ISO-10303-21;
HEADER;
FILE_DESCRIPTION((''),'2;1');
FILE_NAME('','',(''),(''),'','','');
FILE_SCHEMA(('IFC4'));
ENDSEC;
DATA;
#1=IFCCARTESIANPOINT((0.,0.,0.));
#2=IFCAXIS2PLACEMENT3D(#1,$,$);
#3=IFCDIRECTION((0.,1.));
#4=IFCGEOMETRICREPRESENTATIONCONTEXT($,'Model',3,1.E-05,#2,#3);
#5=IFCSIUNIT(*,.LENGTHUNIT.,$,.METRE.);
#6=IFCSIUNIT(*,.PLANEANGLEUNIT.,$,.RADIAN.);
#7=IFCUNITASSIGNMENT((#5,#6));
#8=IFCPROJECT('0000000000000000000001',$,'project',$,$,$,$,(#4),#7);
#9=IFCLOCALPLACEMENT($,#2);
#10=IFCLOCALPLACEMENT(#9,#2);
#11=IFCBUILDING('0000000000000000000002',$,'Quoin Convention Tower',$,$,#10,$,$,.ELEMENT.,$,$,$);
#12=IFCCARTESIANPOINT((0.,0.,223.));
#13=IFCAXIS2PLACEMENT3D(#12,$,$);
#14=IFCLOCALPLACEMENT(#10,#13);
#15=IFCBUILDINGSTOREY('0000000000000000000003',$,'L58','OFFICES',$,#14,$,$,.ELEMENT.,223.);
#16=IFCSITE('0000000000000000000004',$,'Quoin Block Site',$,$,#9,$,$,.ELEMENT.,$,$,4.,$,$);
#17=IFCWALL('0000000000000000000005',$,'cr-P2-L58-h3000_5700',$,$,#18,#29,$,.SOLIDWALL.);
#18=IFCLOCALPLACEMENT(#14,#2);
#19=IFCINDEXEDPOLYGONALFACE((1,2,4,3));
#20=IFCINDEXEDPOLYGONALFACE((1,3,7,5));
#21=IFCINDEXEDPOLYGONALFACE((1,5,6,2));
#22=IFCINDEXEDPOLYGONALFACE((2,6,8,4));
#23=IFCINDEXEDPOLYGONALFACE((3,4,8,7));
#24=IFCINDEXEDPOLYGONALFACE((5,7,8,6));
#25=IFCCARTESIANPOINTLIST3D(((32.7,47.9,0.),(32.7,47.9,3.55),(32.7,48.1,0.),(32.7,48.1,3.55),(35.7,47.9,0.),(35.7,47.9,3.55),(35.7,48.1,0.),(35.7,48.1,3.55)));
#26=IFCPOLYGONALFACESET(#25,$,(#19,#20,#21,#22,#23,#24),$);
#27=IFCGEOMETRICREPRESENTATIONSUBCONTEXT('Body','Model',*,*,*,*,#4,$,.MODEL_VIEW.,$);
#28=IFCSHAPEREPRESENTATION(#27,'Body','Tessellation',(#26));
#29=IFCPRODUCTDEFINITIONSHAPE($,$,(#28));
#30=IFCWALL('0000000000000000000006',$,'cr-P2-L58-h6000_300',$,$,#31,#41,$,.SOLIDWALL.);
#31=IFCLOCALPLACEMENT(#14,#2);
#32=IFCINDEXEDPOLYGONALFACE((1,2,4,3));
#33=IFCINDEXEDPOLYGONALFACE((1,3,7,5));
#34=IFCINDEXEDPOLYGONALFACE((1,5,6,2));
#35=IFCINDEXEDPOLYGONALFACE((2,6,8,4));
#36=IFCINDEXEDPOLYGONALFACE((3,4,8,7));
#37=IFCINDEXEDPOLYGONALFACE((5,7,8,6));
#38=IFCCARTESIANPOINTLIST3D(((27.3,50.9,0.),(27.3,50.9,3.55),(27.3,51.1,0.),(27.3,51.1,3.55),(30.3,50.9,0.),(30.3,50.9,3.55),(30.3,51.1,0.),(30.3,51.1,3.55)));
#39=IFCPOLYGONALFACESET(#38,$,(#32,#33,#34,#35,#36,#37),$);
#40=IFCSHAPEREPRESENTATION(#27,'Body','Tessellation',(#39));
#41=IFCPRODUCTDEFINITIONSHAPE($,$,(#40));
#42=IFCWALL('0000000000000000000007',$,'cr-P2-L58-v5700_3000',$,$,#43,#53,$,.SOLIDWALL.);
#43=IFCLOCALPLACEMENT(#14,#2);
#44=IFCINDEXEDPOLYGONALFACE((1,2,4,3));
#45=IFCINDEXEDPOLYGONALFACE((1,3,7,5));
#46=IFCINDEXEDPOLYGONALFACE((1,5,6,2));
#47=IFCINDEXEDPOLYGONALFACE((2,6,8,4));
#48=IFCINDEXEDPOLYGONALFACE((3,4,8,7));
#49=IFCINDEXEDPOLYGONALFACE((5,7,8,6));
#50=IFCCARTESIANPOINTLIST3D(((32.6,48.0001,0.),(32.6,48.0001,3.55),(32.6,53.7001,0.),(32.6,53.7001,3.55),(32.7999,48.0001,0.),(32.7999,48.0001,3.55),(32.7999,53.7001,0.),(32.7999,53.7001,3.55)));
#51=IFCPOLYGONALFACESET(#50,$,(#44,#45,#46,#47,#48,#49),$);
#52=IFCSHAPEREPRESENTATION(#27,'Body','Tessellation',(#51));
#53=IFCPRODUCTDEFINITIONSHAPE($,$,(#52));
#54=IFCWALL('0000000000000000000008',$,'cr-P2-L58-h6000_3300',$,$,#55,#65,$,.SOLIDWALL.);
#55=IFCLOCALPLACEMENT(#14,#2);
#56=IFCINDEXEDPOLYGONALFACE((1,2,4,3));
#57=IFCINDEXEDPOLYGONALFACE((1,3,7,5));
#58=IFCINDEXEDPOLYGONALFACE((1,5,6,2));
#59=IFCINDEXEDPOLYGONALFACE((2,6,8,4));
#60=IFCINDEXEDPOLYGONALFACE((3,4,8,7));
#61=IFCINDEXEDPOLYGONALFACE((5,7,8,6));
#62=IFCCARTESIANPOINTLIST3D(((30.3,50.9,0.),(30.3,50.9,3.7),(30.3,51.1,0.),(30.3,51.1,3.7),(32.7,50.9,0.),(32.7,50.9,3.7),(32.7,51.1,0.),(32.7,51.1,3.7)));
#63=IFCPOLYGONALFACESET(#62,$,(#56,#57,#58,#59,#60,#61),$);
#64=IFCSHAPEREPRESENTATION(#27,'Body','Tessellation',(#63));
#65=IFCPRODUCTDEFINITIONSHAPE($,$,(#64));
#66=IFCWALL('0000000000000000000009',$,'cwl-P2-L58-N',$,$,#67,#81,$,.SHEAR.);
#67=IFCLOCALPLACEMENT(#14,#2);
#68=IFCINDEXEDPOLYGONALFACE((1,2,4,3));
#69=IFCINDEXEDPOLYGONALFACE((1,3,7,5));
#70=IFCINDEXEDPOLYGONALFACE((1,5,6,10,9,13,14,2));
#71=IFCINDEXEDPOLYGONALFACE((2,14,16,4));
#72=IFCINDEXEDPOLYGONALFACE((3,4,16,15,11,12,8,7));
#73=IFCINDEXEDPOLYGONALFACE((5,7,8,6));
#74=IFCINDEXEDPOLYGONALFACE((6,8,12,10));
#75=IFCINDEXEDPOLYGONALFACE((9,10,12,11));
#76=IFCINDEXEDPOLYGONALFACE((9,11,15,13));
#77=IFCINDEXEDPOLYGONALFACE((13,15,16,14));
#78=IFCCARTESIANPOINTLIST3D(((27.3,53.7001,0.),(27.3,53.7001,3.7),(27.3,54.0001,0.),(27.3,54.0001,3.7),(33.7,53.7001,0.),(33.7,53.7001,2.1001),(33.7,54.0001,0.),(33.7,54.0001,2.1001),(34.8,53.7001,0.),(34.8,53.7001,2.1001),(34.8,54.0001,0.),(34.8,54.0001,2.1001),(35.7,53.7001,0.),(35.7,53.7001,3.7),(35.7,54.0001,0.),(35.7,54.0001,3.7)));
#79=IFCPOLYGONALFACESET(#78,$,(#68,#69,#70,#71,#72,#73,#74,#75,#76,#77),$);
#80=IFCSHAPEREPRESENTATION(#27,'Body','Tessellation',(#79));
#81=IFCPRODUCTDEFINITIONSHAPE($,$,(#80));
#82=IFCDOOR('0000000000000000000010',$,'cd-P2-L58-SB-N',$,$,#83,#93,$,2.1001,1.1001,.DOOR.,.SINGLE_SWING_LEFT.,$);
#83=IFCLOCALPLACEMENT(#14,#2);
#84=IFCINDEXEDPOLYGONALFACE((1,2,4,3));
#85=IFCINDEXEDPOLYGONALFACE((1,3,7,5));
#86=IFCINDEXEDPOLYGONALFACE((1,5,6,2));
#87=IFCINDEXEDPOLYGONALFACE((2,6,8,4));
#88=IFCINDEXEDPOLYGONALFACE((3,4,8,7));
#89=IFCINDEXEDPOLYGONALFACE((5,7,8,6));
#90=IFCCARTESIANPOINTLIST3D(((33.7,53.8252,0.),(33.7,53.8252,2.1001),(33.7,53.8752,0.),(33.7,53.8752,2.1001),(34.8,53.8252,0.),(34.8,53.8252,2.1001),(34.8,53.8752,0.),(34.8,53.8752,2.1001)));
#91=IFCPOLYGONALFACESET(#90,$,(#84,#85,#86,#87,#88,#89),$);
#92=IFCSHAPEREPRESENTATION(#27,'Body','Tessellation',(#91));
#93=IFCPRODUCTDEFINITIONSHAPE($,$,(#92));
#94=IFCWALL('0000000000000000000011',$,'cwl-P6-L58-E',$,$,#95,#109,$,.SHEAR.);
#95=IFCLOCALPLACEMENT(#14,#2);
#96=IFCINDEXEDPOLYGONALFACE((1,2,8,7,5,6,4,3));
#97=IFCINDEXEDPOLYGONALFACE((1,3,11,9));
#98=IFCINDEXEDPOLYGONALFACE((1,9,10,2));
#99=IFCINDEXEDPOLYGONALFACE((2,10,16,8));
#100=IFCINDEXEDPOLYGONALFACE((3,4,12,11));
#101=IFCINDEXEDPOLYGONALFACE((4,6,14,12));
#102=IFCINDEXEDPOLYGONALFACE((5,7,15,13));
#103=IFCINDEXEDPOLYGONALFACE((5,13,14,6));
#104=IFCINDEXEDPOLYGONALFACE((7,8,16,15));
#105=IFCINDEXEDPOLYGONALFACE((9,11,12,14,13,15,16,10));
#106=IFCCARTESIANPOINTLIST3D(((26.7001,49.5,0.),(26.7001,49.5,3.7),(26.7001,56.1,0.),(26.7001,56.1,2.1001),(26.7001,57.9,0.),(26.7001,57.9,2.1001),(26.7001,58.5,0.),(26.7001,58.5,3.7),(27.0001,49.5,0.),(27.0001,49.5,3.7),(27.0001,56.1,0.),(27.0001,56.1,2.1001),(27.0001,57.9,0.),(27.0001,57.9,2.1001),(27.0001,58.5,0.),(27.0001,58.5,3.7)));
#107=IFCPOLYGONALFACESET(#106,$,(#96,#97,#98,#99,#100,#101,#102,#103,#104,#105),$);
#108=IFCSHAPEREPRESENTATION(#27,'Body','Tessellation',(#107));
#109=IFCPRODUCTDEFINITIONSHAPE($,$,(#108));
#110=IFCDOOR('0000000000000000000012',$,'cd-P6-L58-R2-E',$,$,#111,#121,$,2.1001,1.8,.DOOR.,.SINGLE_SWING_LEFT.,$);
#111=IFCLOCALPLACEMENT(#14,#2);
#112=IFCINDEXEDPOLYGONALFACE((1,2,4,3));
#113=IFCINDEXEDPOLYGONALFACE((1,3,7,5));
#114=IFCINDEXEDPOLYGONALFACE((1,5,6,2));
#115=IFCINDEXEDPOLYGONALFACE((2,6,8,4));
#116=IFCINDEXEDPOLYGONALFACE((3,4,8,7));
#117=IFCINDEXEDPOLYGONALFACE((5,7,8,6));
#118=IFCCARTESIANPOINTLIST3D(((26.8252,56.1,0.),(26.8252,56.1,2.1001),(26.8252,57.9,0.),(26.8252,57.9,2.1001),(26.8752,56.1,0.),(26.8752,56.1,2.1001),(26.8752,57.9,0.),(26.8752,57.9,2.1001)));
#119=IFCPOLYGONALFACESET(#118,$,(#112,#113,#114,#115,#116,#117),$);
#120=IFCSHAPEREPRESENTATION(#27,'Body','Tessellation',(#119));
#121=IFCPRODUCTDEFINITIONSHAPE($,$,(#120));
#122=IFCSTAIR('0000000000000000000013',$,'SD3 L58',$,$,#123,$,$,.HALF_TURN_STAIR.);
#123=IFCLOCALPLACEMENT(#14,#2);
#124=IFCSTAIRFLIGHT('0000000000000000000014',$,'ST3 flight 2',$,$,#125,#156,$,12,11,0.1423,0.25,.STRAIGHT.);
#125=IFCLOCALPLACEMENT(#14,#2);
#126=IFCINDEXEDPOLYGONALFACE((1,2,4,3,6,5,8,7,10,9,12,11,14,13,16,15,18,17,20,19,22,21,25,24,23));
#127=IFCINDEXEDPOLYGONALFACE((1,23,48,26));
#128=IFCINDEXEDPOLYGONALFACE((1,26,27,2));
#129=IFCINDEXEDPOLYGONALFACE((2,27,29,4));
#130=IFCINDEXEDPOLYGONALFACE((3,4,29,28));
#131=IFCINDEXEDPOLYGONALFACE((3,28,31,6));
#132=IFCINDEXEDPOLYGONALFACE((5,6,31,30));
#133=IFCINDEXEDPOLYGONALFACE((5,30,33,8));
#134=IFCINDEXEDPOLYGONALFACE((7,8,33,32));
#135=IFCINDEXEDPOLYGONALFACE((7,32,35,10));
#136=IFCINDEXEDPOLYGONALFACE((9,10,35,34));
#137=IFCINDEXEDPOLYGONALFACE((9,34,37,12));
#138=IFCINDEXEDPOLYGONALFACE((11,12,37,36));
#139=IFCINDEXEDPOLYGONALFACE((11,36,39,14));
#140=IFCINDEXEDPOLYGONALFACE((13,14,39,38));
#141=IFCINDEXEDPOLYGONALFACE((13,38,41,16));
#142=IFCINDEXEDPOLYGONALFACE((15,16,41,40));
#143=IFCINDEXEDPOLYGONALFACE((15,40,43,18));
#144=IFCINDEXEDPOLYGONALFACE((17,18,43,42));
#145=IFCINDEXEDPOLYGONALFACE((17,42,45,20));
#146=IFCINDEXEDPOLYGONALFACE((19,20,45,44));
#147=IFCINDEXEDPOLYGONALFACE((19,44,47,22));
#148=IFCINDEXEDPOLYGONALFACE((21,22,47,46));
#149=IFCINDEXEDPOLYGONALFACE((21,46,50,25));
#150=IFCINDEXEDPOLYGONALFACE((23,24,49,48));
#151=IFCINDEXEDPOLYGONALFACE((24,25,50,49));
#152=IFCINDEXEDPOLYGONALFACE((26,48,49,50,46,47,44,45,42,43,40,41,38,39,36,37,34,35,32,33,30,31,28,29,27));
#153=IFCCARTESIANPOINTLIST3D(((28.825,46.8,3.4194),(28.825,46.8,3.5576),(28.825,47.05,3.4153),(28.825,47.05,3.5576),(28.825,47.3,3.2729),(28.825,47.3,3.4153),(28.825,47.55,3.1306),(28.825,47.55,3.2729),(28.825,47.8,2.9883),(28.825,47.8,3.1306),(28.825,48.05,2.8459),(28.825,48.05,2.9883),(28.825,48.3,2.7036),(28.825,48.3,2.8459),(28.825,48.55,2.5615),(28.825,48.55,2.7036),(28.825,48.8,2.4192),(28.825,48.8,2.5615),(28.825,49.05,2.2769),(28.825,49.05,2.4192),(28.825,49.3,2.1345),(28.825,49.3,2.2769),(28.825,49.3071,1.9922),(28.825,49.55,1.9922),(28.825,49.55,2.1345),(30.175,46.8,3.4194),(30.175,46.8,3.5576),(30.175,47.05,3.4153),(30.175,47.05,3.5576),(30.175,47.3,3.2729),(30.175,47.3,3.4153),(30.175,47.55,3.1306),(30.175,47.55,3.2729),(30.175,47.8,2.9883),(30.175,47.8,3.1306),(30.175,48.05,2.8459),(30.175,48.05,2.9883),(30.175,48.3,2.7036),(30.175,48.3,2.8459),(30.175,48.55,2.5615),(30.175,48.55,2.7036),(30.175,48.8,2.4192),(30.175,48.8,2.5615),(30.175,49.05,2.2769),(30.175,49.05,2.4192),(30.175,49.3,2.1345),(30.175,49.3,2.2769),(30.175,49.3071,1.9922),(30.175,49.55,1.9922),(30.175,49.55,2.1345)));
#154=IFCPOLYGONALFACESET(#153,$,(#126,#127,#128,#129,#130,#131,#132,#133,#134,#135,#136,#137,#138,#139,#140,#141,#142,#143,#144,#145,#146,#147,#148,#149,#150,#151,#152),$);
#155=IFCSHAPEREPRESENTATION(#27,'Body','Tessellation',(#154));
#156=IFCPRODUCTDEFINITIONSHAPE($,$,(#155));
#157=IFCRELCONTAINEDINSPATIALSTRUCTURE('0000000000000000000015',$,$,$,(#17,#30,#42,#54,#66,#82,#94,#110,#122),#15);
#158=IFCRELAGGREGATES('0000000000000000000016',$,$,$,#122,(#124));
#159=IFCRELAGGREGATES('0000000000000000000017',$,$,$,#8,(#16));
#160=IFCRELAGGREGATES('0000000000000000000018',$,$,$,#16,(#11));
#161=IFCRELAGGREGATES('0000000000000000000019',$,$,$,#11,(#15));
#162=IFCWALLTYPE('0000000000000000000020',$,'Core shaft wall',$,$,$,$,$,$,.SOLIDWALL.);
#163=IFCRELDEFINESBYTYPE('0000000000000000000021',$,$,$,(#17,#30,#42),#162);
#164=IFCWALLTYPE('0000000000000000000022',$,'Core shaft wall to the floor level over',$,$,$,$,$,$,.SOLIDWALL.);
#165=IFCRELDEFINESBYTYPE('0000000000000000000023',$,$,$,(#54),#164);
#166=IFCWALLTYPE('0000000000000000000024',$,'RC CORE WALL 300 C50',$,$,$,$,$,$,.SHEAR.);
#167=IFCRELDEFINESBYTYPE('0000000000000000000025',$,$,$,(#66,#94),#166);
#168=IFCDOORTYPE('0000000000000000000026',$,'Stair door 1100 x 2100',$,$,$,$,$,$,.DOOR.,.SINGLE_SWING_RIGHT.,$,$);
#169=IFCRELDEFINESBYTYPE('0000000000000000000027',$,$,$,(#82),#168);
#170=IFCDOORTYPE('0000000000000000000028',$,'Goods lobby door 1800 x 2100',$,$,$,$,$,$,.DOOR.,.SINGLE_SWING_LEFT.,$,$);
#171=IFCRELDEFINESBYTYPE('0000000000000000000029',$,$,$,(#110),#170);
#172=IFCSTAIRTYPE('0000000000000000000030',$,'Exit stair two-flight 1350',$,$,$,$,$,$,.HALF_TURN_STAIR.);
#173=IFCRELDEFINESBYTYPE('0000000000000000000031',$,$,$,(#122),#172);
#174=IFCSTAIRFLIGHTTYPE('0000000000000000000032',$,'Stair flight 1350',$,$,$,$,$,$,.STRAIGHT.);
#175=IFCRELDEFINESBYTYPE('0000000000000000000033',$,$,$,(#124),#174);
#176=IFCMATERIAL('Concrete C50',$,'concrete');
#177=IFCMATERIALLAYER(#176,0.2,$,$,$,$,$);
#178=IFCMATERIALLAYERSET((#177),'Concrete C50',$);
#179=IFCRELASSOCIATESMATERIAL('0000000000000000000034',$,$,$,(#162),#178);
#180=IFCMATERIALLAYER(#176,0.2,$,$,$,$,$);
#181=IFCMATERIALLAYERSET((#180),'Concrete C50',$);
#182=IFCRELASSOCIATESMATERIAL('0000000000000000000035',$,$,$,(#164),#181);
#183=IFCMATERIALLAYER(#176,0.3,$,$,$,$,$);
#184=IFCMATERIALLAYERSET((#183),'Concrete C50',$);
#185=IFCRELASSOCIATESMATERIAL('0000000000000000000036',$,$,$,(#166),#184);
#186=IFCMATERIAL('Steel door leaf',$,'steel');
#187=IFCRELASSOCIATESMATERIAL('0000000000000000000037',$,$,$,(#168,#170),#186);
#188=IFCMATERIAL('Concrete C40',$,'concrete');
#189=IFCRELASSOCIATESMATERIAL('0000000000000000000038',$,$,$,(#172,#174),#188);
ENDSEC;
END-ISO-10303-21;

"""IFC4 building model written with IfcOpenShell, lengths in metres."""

from ifc_helpers import new_model, si_unit, direction, frame, frame_2d, origin, place, context, subcontext, project, spatial, polyline, rectangle, outline, extrude, material, layer, layer_set, type_object, element, fill, aggregate, save


model = new_model("IFC4")

# Units and contexts
model_context = context("Model", 3, precision=1e-05, world=origin(), true_north=direction((0.0, 1.0)))
body_context = subcontext(model_context, "Body", "Model", "MODEL_VIEW")
ifc_project = project(units=[si_unit("LENGTHUNIT", "METRE"), si_unit("PLANEANGLEUNIT", "RADIAN")], contexts=[model_context])

# Site, building, storey
site_placement = place(None, origin())
site = spatial("IfcSite", under=ifc_project, at=site_placement, Name="Quoin Block Site", CompositionType="ELEMENT", RefElevation=4.0)
building_placement = place(site_placement, origin())
building = spatial("IfcBuilding", under=site, at=building_placement, Name="Quoin Convention Tower", CompositionType="ELEMENT")
storey_placement = place(building_placement, frame((0.0, 0.0, 223.0)))
storey = spatial("IfcBuildingStorey", under=building, at=storey_placement, Name="L58", Description="OFFICES", CompositionType="ELEMENT", Elevation=223.0)

# Shared definitions
ifc_material_1 = material(Name="Concrete C50", Category="concrete")

# Walls
ifc_layer_1 = layer(ifc_material_1, 0.2)
ifc_layer_set_1 = layer_set([ifc_layer_1], Name="Concrete C50")
wall_type_1 = type_object("IfcWallType", Name="Core shaft wall", PredefinedType="SOLIDWALL", material=ifc_layer_set_1)
for number, where, z_axis, x_axis, name in (
    (1, (32.7, 48.0, 0.0), (0.0, 0.0, 1.0), (1.0, 0.0, 0.0), "cr-P2-L58-h3000_5700"),
    (2, (27.3, 51.0, 0.0), (0.0, 0.0, 1.0), (1.0, 0.0, 0.0), "cr-P2-L58-h6000_300"),
):
    element("IfcWall", number, at=place(storey_placement, frame(where, z_axis=z_axis, x_axis=x_axis)), inside=storey, type_object=wall_type_1, Name=name, PredefinedType="SOLIDWALL", context=body_context, shape_type="SweptSolid", body=[
        extrude(rectangle(XDim=3.0, YDim=0.2, at=frame_2d((1.5, 0.0))), origin(), (0.0, 0.0, 1.0), 3.55),
    ])
wall_1_placement = place(storey_placement, frame((32.7, 48.0, 0.0), z_axis=(0.0, 0.0, 1.0), x_axis=(0.0, 1.0, 0.0)))
element("IfcWall", 3, at=wall_1_placement, inside=storey, type_object=wall_type_1, Name="cr-P2-L58-v5700_3000", PredefinedType="SOLIDWALL", context=body_context, shape_type="SweptSolid", body=[
    extrude(rectangle(XDim=5.7, YDim=0.2, at=frame_2d((2.8501, 0.0))), origin(), (0.0, 0.0, 1.0), 3.55),
])
ifc_layer_2 = layer(ifc_material_1, 0.2)
ifc_layer_set_2 = layer_set([ifc_layer_2], Name="Concrete C50")
wall_type_2 = type_object("IfcWallType", Name="Core shaft wall to the floor level over", PredefinedType="SOLIDWALL", material=ifc_layer_set_2)
wall_2_placement = place(storey_placement, frame((30.3, 51.0, 0.0), z_axis=(0.0, 0.0, 1.0), x_axis=(1.0, 0.0, 0.0)))
element("IfcWall", 4, at=wall_2_placement, inside=storey, type_object=wall_type_2, Name="cr-P2-L58-h6000_3300", PredefinedType="SOLIDWALL", context=body_context, shape_type="SweptSolid", body=[
    extrude(rectangle(XDim=2.3999, YDim=0.2, at=frame_2d((1.2, 0.0))), origin(), (0.0, 0.0, 1.0), 3.7),
])

# Walls, openings, doors
ifc_layer_3 = layer(ifc_material_1, 0.3)
ifc_layer_set_3 = layer_set([ifc_layer_3], Name="Concrete C50")
wall_type_3 = type_object("IfcWallType", Name="RC CORE WALL 300 C50", PredefinedType="SHEAR", material=ifc_layer_set_3)
wall_3_placement = place(storey_placement, frame((27.3, 53.8501, 0.0), z_axis=(0.0, 0.0, 1.0), x_axis=(1.0, 0.0, 0.0)))
wall_3 = element("IfcWall", 5, at=wall_3_placement, inside=storey, type_object=wall_type_3, Name="cwl-P2-L58-N", PredefinedType="SHEAR", context=body_context, shape_type="SweptSolid", body=[
    extrude(rectangle(XDim=8.3999, YDim=0.3, at=frame_2d((4.2, 0.0))), origin(), (0.0, 0.0, 1.0), 3.7),
])
opening_1_placement = place(wall_3_placement, frame((6.3999, 0.0, 0.0)))
opening_1 = element("IfcOpeningElement", 6, at=opening_1_placement, cuts=wall_3, PredefinedType="OPENING", context=body_context, shape_type="SweptSolid", body=[
    extrude(rectangle(XDim=1.1001, YDim=2.1001, at=frame_2d((0.55, 1.05))), frame((0.0, 0.1599, 0.0), z_axis=(0.0, -1.0, 0.0), x_axis=(1.0, 0.0, 0.0)), (0.0, 0.0, 1.0), 0.3201),
])
ifc_material_2 = material(Name="Steel door leaf", Category="steel")
door_type_1 = type_object("IfcDoorType", Name="Stair door 1100 x 2100", OperationType="SINGLE_SWING_RIGHT", PredefinedType="DOOR", material=ifc_material_2)
door_1_placement = place(opening_1_placement, frame((1.1001, 0.0, 0.0), z_axis=(0.0, 0.0, 1.0), x_axis=(-1.0, 0.0, 0.0)))
door_1 = element("IfcDoor", 7, at=door_1_placement, inside=storey, type_object=door_type_1, Name="cd-P2-L58-SB-N", OperationType="SINGLE_SWING_LEFT", OverallHeight=2.1001, OverallWidth=1.1001, PredefinedType="DOOR", context=body_context, shape_type="SweptSolid", body=[
    extrude(rectangle(XDim=1.1001, YDim=2.1001, at=frame_2d((0.55, 1.05))), frame((0.0, 0.0249, 0.0), z_axis=(0.0, -1.0, 0.0), x_axis=(1.0, 0.0, 0.0)), (0.0, 0.0, 1.0), 0.05),
])
fill(opening_1, door_1)
wall_4_placement = place(storey_placement, frame((26.8501, 49.5, 0.0), z_axis=(0.0, 0.0, 1.0), x_axis=(0.0, 1.0, 0.0)))
wall_4 = element("IfcWall", 8, at=wall_4_placement, inside=storey, type_object=wall_type_3, Name="cwl-P6-L58-E", PredefinedType="SHEAR", context=body_context, shape_type="SweptSolid", body=[
    extrude(rectangle(XDim=9.0, YDim=0.3, at=frame_2d((4.5, 0.0))), origin(), (0.0, 0.0, 1.0), 3.7),
])
opening_2_placement = place(wall_4_placement, frame((6.6001, 0.0, 0.0)))
opening_2 = element("IfcOpeningElement", 9, at=opening_2_placement, cuts=wall_4, PredefinedType="OPENING", context=body_context, shape_type="SweptSolid", body=[
    extrude(rectangle(XDim=1.8, YDim=2.1001, at=frame_2d((0.8999, 1.05))), frame((0.0, 0.1599, 0.0), z_axis=(0.0, -1.0, 0.0), x_axis=(1.0, 0.0, 0.0)), (0.0, 0.0, 1.0), 0.3201),
])
door_type_2 = type_object("IfcDoorType", Name="Goods lobby door 1800 x 2100", OperationType="SINGLE_SWING_LEFT", PredefinedType="DOOR", material=ifc_material_2)
door_2_placement = place(opening_2_placement, origin())
door_2 = element("IfcDoor", 10, at=door_2_placement, inside=storey, type_object=door_type_2, Name="cd-P6-L58-R2-E", OperationType="SINGLE_SWING_LEFT", OverallHeight=2.1001, OverallWidth=1.8, PredefinedType="DOOR", context=body_context, shape_type="SweptSolid", body=[
    extrude(rectangle(XDim=1.8, YDim=2.1001, at=frame_2d((0.8999, 1.05))), frame((0.0, 0.0249, 0.0), z_axis=(0.0, -1.0, 0.0), x_axis=(1.0, 0.0, 0.0)), (0.0, 0.0, 1.0), 0.05),
])
fill(opening_2, door_2)

# Stair, stair flight
ifc_material_3 = material(Name="Concrete C40", Category="concrete")
stair_type_1 = type_object("IfcStairType", Name="Exit stair two-flight 1350", PredefinedType="HALF_TURN_STAIR", material=ifc_material_3)
stair_1_placement = place(storey_placement, origin())
stair_1 = element("IfcStair", 11, at=stair_1_placement, inside=storey, type_object=stair_type_1, Name="SD3 L58", PredefinedType="HALF_TURN_STAIR")
stair_flight_type_1 = type_object("IfcStairFlightType", Name="Stair flight 1350", PredefinedType="STRAIGHT", material=ifc_material_3)
stair_flight_1_placement = place(storey_placement, frame((29.5, 49.55, 1.9922), z_axis=(0.0, 0.0, 1.0), x_axis=(0.0, -1.0, 0.0)))
stair_flight_1 = element("IfcStairFlight", 12, at=stair_flight_1_placement, type_object=stair_flight_type_1, Name="ST3 flight 2", NumberOfRisers=12, NumberOfTreads=11, PredefinedType="STRAIGHT", RiserHeight=0.1423, TreadLength=0.25, context=body_context, shape_type="SweptSolid", body=[
    extrude(outline(polyline([(0.0, 0.0), (0.0, 0.1423), (0.25, 0.1423), (0.25, 0.2847), (0.5, 0.2847), (0.5, 0.427), (0.75, 0.427), (0.75, 0.5693), (1.0, 0.5693), (1.0, 0.7114), (1.25, 0.7114), (1.25, 0.8538), (1.5, 0.8538), (1.5, 0.9961), (1.75, 0.9961), (1.75, 1.1384), (2.0, 1.1384), (2.0, 1.2808), (2.25, 1.2808), (2.25, 1.4231), (2.5, 1.4231), (2.5, 1.5654), (2.75, 1.5654), (2.75, 1.7078), (2.75, 1.4272), (0.2429, 0.0), (0.0, 0.0)])), frame((0.0, 0.675, 0.0), z_axis=(0.0, -1.0, 0.0), x_axis=(1.0, 0.0, 0.0)), (0.0, 0.0, 1.0), 1.3501),
])
aggregate(stair_1, [stair_flight_1])

save(model, "model.ifc")
